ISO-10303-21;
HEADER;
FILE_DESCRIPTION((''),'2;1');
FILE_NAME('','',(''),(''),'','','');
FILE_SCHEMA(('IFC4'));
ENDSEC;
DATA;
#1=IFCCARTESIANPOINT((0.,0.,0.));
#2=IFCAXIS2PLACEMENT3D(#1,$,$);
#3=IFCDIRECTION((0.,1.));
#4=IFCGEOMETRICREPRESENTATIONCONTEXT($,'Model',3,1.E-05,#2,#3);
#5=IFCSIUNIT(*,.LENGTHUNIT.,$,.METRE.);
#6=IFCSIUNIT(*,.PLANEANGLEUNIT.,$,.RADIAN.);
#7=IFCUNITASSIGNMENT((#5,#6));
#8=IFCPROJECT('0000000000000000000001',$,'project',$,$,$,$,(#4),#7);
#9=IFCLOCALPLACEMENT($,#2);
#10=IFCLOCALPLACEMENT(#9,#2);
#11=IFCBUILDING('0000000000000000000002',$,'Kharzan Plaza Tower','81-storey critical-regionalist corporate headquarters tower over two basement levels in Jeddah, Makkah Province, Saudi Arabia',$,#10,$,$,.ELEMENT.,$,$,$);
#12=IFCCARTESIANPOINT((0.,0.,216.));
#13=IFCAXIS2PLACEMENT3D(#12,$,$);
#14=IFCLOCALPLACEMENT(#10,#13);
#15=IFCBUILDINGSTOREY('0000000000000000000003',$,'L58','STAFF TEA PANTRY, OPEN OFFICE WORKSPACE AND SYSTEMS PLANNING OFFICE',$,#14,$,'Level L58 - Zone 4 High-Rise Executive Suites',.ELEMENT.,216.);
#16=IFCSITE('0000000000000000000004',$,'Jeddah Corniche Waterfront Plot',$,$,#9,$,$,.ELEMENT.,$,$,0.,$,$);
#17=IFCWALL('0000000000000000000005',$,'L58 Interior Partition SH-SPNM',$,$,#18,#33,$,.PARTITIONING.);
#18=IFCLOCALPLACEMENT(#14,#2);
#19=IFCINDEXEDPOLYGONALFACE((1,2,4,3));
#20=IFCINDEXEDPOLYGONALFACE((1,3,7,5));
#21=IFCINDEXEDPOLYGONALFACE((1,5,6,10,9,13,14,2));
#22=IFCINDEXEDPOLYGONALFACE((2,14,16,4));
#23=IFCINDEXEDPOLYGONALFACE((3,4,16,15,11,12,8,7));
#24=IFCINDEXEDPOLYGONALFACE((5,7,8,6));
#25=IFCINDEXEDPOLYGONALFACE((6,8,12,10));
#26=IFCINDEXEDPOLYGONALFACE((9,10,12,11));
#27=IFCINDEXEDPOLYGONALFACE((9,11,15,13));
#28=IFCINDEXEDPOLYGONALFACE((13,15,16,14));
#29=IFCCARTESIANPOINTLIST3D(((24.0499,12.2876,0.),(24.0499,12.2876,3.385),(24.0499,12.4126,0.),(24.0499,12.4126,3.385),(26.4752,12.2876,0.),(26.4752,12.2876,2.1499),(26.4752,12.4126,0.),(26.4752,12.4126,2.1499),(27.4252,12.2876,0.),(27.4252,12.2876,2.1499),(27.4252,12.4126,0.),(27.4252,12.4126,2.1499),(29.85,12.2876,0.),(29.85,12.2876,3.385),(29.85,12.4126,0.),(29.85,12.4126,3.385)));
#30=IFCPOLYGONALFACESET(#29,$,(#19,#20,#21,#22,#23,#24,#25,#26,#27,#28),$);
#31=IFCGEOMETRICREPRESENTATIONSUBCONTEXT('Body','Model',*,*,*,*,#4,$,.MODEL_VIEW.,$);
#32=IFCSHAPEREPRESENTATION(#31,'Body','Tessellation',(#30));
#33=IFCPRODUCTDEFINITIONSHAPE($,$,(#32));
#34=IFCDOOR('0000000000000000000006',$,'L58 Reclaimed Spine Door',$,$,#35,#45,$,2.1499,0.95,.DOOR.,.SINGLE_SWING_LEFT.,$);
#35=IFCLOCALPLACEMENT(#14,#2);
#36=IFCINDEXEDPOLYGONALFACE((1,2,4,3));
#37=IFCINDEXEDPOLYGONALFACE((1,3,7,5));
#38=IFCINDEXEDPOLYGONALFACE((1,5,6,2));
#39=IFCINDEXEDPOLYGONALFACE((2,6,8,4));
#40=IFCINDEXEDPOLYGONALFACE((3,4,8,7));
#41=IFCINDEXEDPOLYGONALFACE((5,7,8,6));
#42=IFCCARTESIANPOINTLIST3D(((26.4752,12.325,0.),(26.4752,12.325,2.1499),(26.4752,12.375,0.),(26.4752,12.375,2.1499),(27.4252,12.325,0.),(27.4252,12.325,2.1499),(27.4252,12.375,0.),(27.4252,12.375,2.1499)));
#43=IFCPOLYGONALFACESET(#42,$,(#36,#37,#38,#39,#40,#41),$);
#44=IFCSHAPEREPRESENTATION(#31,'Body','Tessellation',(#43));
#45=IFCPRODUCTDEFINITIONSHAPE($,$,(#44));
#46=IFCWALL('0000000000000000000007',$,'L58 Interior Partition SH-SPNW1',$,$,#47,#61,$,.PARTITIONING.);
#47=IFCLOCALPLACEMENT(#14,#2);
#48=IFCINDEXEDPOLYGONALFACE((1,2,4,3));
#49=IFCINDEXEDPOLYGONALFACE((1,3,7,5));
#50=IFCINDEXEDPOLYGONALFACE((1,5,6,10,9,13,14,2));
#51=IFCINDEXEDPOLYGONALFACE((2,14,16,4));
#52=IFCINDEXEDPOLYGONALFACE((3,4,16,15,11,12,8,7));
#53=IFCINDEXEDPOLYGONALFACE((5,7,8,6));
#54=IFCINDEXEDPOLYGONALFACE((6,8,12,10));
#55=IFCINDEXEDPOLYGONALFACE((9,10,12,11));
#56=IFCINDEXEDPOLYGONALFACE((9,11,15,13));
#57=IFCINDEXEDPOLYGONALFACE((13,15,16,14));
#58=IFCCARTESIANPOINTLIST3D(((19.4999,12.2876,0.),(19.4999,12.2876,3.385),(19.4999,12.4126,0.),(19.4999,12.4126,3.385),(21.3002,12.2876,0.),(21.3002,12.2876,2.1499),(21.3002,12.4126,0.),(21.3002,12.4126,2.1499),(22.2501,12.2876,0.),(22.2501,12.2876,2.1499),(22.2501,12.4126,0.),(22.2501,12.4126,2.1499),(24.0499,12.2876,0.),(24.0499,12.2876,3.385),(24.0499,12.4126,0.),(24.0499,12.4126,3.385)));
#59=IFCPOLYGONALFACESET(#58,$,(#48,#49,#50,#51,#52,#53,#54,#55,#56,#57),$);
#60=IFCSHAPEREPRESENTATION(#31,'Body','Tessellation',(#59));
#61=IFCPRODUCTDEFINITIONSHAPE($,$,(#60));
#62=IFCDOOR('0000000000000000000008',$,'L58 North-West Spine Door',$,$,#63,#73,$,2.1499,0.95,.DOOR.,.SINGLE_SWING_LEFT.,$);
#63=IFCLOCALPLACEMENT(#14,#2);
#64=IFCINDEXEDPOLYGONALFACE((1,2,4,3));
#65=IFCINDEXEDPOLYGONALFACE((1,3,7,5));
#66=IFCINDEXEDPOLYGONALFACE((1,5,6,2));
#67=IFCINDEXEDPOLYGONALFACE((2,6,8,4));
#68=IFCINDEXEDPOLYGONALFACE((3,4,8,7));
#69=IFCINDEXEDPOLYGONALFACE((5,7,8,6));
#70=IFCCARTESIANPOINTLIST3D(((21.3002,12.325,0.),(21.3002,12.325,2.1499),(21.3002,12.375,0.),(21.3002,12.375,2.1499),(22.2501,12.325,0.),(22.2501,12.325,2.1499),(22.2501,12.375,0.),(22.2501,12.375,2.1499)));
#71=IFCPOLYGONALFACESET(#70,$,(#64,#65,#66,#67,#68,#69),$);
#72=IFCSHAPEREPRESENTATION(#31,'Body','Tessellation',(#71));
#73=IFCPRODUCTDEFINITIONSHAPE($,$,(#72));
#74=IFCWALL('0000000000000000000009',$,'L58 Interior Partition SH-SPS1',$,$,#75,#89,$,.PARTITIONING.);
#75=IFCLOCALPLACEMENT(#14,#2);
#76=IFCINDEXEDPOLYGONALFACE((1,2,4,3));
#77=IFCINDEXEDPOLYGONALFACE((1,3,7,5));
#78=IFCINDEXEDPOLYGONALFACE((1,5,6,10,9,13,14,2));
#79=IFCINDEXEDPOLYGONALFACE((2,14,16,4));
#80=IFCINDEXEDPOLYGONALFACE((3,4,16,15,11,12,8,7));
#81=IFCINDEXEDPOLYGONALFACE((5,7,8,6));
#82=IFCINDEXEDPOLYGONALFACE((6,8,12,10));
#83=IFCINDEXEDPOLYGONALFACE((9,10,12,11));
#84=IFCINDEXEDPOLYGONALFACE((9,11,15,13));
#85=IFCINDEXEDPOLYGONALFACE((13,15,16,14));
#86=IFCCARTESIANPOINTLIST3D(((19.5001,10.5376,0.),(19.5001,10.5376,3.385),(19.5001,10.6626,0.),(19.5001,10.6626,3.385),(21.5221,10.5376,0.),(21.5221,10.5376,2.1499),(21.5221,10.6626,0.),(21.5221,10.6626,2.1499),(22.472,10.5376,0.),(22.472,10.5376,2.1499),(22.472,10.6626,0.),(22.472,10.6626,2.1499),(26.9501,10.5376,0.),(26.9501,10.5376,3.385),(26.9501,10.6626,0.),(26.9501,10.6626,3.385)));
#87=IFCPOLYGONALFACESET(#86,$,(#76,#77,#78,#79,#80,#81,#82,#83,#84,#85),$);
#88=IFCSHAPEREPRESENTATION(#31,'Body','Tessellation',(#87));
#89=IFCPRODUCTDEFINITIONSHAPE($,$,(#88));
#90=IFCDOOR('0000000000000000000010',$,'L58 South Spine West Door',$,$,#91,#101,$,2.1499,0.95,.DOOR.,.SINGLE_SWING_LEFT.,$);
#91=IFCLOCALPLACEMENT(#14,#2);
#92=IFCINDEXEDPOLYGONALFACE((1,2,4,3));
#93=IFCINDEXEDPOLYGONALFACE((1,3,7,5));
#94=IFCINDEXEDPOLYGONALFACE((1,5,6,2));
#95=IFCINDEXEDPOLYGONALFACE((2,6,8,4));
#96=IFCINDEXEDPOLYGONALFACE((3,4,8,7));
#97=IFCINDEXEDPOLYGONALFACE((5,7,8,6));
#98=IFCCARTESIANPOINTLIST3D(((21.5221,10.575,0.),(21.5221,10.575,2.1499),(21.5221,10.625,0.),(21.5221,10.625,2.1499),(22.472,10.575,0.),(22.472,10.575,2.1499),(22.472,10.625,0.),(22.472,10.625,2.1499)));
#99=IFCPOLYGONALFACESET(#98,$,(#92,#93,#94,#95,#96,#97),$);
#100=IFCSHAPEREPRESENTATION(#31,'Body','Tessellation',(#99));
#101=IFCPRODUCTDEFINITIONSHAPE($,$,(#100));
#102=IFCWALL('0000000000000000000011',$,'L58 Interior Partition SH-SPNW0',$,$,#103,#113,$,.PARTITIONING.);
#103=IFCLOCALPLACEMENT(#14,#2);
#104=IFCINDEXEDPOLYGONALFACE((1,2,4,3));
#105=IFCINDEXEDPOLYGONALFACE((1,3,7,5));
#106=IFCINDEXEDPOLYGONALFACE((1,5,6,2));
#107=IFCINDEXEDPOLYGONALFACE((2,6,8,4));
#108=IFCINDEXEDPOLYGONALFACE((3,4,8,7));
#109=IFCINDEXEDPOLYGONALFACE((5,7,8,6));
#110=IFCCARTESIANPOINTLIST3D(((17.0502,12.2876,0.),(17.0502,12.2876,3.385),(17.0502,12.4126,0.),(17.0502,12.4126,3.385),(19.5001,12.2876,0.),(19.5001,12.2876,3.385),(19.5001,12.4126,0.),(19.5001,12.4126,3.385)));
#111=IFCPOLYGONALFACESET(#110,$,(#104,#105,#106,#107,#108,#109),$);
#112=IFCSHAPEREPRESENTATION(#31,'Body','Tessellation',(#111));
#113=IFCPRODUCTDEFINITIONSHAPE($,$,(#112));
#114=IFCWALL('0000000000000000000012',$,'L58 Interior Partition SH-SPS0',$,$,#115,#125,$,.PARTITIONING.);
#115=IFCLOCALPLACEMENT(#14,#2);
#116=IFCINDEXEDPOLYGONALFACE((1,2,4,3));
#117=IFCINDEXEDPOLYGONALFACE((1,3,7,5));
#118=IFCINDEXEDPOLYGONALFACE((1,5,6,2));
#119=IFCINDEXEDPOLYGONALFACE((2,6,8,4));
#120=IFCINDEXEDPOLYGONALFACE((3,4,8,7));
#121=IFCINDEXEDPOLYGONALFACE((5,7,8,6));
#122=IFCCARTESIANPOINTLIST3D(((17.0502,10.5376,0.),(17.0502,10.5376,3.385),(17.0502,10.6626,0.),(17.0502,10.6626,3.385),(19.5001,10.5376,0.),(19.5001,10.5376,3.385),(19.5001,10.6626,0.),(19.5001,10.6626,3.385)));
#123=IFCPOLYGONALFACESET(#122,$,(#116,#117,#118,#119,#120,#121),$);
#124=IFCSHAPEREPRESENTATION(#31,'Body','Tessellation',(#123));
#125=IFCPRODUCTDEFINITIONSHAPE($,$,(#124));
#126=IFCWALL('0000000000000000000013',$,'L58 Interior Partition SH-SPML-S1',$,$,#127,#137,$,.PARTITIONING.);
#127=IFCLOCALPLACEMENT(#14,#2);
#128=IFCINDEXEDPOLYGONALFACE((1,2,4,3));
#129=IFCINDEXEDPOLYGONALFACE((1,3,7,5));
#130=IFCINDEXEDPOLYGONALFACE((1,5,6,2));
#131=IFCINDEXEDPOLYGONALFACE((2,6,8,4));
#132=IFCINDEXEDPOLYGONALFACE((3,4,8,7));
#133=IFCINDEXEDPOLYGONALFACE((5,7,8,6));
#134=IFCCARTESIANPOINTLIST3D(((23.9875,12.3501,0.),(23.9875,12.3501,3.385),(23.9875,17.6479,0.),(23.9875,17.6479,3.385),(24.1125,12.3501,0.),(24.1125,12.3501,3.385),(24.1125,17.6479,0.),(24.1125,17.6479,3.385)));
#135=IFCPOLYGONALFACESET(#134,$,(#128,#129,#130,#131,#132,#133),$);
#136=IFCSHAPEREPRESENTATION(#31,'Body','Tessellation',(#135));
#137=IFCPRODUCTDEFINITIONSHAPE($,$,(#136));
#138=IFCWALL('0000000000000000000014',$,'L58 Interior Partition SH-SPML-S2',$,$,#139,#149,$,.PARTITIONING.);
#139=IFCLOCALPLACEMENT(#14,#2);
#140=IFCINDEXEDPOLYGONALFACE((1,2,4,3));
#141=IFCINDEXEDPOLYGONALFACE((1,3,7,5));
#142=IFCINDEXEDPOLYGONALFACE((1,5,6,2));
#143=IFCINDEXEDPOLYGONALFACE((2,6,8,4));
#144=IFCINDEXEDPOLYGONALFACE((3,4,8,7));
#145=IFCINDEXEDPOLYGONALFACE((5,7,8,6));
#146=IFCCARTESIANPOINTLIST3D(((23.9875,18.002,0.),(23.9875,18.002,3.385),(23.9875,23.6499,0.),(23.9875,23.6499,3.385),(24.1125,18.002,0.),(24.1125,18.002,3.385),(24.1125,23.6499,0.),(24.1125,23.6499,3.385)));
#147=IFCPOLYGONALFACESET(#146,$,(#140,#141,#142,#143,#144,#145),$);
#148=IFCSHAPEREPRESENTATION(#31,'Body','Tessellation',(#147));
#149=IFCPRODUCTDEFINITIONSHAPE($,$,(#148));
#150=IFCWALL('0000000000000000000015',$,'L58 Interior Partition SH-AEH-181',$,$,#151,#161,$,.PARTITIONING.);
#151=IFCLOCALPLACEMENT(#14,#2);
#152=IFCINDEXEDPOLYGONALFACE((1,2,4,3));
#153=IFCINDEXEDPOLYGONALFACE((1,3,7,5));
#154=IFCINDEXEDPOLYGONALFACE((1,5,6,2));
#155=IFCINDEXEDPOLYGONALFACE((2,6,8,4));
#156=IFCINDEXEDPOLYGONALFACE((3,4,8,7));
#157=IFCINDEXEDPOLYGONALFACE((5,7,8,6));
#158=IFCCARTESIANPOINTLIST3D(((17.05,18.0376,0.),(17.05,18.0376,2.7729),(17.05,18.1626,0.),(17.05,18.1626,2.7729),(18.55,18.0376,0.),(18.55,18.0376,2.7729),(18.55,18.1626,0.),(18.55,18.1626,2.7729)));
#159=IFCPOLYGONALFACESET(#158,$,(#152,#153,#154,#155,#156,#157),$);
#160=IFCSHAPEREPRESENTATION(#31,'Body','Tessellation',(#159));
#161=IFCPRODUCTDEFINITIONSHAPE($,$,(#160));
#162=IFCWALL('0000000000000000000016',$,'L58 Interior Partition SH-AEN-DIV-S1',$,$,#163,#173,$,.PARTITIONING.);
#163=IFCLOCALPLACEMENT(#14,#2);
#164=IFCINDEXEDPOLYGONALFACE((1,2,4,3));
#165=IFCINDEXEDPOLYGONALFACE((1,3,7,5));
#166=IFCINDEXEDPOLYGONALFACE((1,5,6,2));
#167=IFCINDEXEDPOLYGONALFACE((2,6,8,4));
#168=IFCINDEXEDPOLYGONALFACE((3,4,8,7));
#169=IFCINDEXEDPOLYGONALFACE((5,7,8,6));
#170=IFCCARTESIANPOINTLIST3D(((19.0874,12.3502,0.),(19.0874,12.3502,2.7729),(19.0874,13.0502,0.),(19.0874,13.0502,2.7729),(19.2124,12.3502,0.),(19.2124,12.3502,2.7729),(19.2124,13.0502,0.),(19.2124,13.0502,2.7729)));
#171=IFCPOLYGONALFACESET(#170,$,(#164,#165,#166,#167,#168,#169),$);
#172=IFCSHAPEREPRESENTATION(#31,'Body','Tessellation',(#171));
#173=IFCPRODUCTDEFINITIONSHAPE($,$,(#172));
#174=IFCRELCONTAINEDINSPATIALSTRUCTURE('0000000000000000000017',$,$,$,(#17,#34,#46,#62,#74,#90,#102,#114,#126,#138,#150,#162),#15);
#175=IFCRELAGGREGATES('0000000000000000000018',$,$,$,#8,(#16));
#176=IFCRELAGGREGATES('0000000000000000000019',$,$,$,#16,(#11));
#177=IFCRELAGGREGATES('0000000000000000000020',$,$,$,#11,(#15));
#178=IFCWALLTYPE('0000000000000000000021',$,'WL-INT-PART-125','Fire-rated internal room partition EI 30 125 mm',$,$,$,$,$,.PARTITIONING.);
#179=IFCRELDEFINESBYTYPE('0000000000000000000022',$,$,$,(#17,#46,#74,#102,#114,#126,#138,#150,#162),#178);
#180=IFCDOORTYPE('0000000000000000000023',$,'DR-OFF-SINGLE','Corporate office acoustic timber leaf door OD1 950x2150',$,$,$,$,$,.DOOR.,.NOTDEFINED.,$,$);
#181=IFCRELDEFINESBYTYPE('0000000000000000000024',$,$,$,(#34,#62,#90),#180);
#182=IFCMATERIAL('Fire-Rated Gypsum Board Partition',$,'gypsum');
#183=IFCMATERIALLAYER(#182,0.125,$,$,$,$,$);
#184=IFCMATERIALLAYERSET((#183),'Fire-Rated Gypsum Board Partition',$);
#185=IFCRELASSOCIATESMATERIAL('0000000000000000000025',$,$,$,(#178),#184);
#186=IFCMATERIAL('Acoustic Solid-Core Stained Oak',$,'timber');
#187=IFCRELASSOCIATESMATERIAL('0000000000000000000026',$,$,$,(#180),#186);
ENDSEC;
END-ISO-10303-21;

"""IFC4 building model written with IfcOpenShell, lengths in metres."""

from ifc_helpers import new_model, si_unit, direction, frame, frame_2d, origin, place, context, subcontext, project, spatial, rectangle, extrude, source, transform, mapped, material, layer, layer_set, type_object, element, fill, save


model = new_model("IFC4")

# Units and contexts
model_context = context("Model", 3, precision=1e-05, world=origin(), true_north=direction((0.0, 1.0)))
body_context = subcontext(model_context, "Body", "Model", "MODEL_VIEW")
ifc_project = project(units=[si_unit("LENGTHUNIT", "METRE"), si_unit("PLANEANGLEUNIT", "RADIAN")], contexts=[model_context])

# Site, building, storey
site_placement = place(None, origin())
site = spatial("IfcSite", under=ifc_project, at=site_placement, Name="Jeddah Corniche Waterfront Plot", CompositionType="ELEMENT", RefElevation=0.0)
building_placement = place(site_placement, origin())
building = spatial("IfcBuilding", under=site, at=building_placement, Name="Kharzan Plaza Tower", Description="81-storey critical-regionalist corporate headquarters tower over two basement levels in Jeddah, Makkah Province, Saudi Arabia", CompositionType="ELEMENT")
storey_placement = place(building_placement, frame((0.0, 0.0, 216.0)))
storey = spatial("IfcBuildingStorey", under=building, at=storey_placement, Name="L58", Description="STAFF TEA PANTRY, OPEN OFFICE WORKSPACE AND SYSTEMS PLANNING OFFICE", LongName="Level L58 - Zone 4 High-Rise Executive Suites", CompositionType="ELEMENT", Elevation=216.0)

# Walls, openings, doors
ifc_material_1 = material(Name="Fire-Rated Gypsum Board Partition", Category="gypsum")
ifc_layer = layer(ifc_material_1, 0.125)
ifc_layer_set = layer_set([ifc_layer], Name="Fire-Rated Gypsum Board Partition")
wall_type = type_object("IfcWallType", Name="WL-INT-PART-125", Description="Fire-rated internal room partition EI 30 125 mm", PredefinedType="PARTITIONING", material=ifc_layer_set)
ifc_material_2 = material(Name="Acoustic Solid-Core Stained Oak", Category="timber")
door_type = type_object("IfcDoorType", Name="DR-OFF-SINGLE", Description="Corporate office acoustic timber leaf door OD1 950x2150", OperationType="NOTDEFINED", PredefinedType="DOOR", material=ifc_material_2)
shared_shape_1 = source(origin(), body_context, "Body", "SweptSolid", [
    extrude(rectangle(XDim=0.95, YDim=2.1499, at=frame_2d((0.4751, 1.075))), frame((0.0, 0.0249, 0.0), z_axis=(0.0, -1.0, 0.0), x_axis=(1.0, 0.0, 0.0)), (0.0, 0.0, 1.0), 0.05),
])
wall_1_placement = place(storey_placement, frame((24.05, 12.3501, 0.0), z_axis=(0.0, 0.0, 1.0), x_axis=(1.0, 0.0, 0.0)))
wall_1 = element("IfcWall", 1, at=wall_1_placement, inside=storey, type_object=wall_type, Name="L58 Interior Partition SH-SPNM", PredefinedType="PARTITIONING", context=body_context, shape_type="SweptSolid", body=[
    extrude(rectangle(XDim=5.8, YDim=0.125, at=frame_2d((2.8999, 0.0))), origin(), (0.0, 0.0, 1.0), 3.385),
])
opening_1_placement = place(wall_1_placement, frame((2.425, 0.0, 0.0)))
opening_1 = element("IfcOpeningElement", 2, at=opening_1_placement, cuts=wall_1, PredefinedType="OPENING", context=body_context, shape_type="SweptSolid", body=[
    extrude(rectangle(XDim=0.95, YDim=2.1499, at=frame_2d((0.4751, 1.075))), frame((0.0, 0.0725, 0.0), z_axis=(0.0, -1.0, 0.0), x_axis=(1.0, 0.0, 0.0)), (0.0, 0.0, 1.0), 0.145),
])
door_1_placement = place(opening_1_placement, origin())
door_1 = element("IfcDoor", 3, at=door_1_placement, inside=storey, type_object=door_type, Name="L58 Reclaimed Spine Door", OperationType="SINGLE_SWING_LEFT", OverallHeight=2.1499, OverallWidth=0.95, PredefinedType="DOOR", context=body_context, shape_type="MappedRepresentation", body=[
    mapped(shared_shape_1, transform((0.0, 0.0, 0.0), x_axis=(1.0, 0.0, 0.0), y_axis=(0.0, 1.0, 0.0), z_axis=(0.0, 0.0, 1.0))),
])
fill(opening_1, door_1)
wall_2_placement = place(storey_placement, frame((19.5, 12.3501, 0.0), z_axis=(0.0, 0.0, 1.0), x_axis=(1.0, 0.0, 0.0)))
wall_2 = element("IfcWall", 4, at=wall_2_placement, inside=storey, type_object=wall_type, Name="L58 Interior Partition SH-SPNW1", PredefinedType="PARTITIONING", context=body_context, shape_type="SweptSolid", body=[
    extrude(rectangle(XDim=4.55, YDim=0.125, at=frame_2d((2.2749, 0.0))), origin(), (0.0, 0.0, 1.0), 3.385),
])
opening_2_placement = place(wall_2_placement, frame((1.8, 0.0, 0.0)))
opening_2 = element("IfcOpeningElement", 5, at=opening_2_placement, cuts=wall_2, PredefinedType="OPENING", context=body_context, shape_type="SweptSolid", body=[
    extrude(rectangle(XDim=0.95, YDim=2.1499, at=frame_2d((0.4751, 1.075))), frame((0.0, 0.0725, 0.0), z_axis=(0.0, -1.0, 0.0), x_axis=(1.0, 0.0, 0.0)), (0.0, 0.0, 1.0), 0.145),
])
door_2_placement = place(opening_2_placement, origin())
door_2 = element("IfcDoor", 6, at=door_2_placement, inside=storey, type_object=door_type, Name="L58 North-West Spine Door", OperationType="SINGLE_SWING_LEFT", OverallHeight=2.1499, OverallWidth=0.95, PredefinedType="DOOR", context=body_context, shape_type="MappedRepresentation", body=[
    mapped(shared_shape_1, transform((0.0, 0.0, 0.0), x_axis=(1.0, 0.0, 0.0), y_axis=(0.0, 1.0, 0.0), z_axis=(0.0, 0.0, 1.0))),
])
fill(opening_2, door_2)
wall_3_placement = place(storey_placement, frame((19.5, 10.6001, 0.0), z_axis=(0.0, 0.0, 1.0), x_axis=(1.0, 0.0, 0.0)))
wall_3 = element("IfcWall", 7, at=wall_3_placement, inside=storey, type_object=wall_type, Name="L58 Interior Partition SH-SPS1", PredefinedType="PARTITIONING", context=body_context, shape_type="SweptSolid", body=[
    extrude(rectangle(XDim=7.45, YDim=0.125, at=frame_2d((3.7251, 0.0))), origin(), (0.0, 0.0, 1.0), 3.385),
])
opening_3_placement = place(wall_3_placement, frame((2.022, 0.0, 0.0)))
opening_3 = element("IfcOpeningElement", 8, at=opening_3_placement, cuts=wall_3, PredefinedType="OPENING", context=body_context, shape_type="SweptSolid", body=[
    extrude(rectangle(XDim=0.95, YDim=2.1499, at=frame_2d((0.4751, 1.075))), frame((0.0, 0.0725, 0.0), z_axis=(0.0, -1.0, 0.0), x_axis=(1.0, 0.0, 0.0)), (0.0, 0.0, 1.0), 0.145),
])
door_3_placement = place(opening_3_placement, origin())
door_3 = element("IfcDoor", 9, at=door_3_placement, inside=storey, type_object=door_type, Name="L58 South Spine West Door", OperationType="SINGLE_SWING_LEFT", OverallHeight=2.1499, OverallWidth=0.95, PredefinedType="DOOR", context=body_context, shape_type="MappedRepresentation", body=[
    mapped(shared_shape_1, transform((0.0, 0.0, 0.0), x_axis=(1.0, 0.0, 0.0), y_axis=(0.0, 1.0, 0.0), z_axis=(0.0, 0.0, 1.0))),
])
fill(opening_3, door_3)

# Walls
shared_shape_2 = source(origin(), body_context, "Body", "SweptSolid", [
    extrude(rectangle(XDim=2.45, YDim=0.125, at=frame_2d((1.2251, 0.0))), origin(), (0.0, 0.0, 1.0), 3.385),
])
for number, where, z_axis, x_axis, name in (
    (10, (17.05, 12.3501, 0.0), (0.0, 0.0, 1.0), (1.0, 0.0, 0.0), "L58 Interior Partition SH-SPNW0"),
    (11, (17.05, 10.6001, 0.0), (0.0, 0.0, 1.0), (1.0, 0.0, 0.0), "L58 Interior Partition SH-SPS0"),
):
    element("IfcWall", number, at=place(storey_placement, frame(where, z_axis=z_axis, x_axis=x_axis)), inside=storey, type_object=wall_type, Name=name, PredefinedType="PARTITIONING", context=body_context, shape_type="MappedRepresentation", body=[
        mapped(shared_shape_2, transform((0.0, 0.0, 0.0), x_axis=(1.0, 0.0, 0.0), y_axis=(0.0, 1.0, 0.0), z_axis=(0.0, 0.0, 1.0))),
    ])
shared_shape_3 = source(origin(), body_context, "Body", "SweptSolid", [
    extrude(rectangle(XDim=5.2979, YDim=0.125, at=frame_2d((2.6489, 0.0))), origin(), (0.0, 0.0, 1.0), 3.385),
])
wall_4_placement = place(storey_placement, frame((24.05, 12.3501, 0.0), z_axis=(0.0, 0.0, 1.0), x_axis=(0.0, 1.0, 0.0)))
element("IfcWall", 12, at=wall_4_placement, inside=storey, type_object=wall_type, Name="L58 Interior Partition SH-SPML-S1", PredefinedType="PARTITIONING", context=body_context, shape_type="MappedRepresentation", body=[
    mapped(shared_shape_3, transform((0.0, 0.0, 0.0), x_axis=(1.0, 0.0, 0.0), y_axis=(0.0, 1.0, 0.0), z_axis=(0.0, 0.0, 1.0))),
])
shared_shape_4 = source(origin(), body_context, "Body", "SweptSolid", [
    extrude(rectangle(XDim=5.6479, YDim=0.125, at=frame_2d((2.824, 0.0))), origin(), (0.0, 0.0, 1.0), 3.385),
])
wall_5_placement = place(storey_placement, frame((24.05, 18.002, 0.0), z_axis=(0.0, 0.0, 1.0), x_axis=(0.0, 1.0, 0.0)))
element("IfcWall", 13, at=wall_5_placement, inside=storey, type_object=wall_type, Name="L58 Interior Partition SH-SPML-S2", PredefinedType="PARTITIONING", context=body_context, shape_type="MappedRepresentation", body=[
    mapped(shared_shape_4, transform((0.0, 0.0, 0.0), x_axis=(1.0, 0.0, 0.0), y_axis=(0.0, 1.0, 0.0), z_axis=(0.0, 0.0, 1.0))),
])
shared_shape_5 = source(origin(), body_context, "Body", "SweptSolid", [
    extrude(rectangle(XDim=1.5, YDim=0.125, at=frame_2d((0.75, 0.0))), origin(), (0.0, 0.0, 1.0), 2.7729),
])
wall_6_placement = place(storey_placement, frame((17.05, 18.1001, 0.0), z_axis=(0.0, 0.0, 1.0), x_axis=(1.0, 0.0, 0.0)))
element("IfcWall", 14, at=wall_6_placement, inside=storey, type_object=wall_type, Name="L58 Interior Partition SH-AEH-181", PredefinedType="PARTITIONING", context=body_context, shape_type="MappedRepresentation", body=[
    mapped(shared_shape_5, transform((0.0, 0.0, 0.0), x_axis=(1.0, 0.0, 0.0), y_axis=(0.0, 1.0, 0.0), z_axis=(0.0, 0.0, 1.0))),
])
shared_shape_6 = source(origin(), body_context, "Body", "SweptSolid", [
    extrude(rectangle(XDim=0.7, YDim=0.125, at=frame_2d((0.3501, 0.0))), origin(), (0.0, 0.0, 1.0), 2.7729),
])
wall_7_placement = place(storey_placement, frame((19.1499, 12.3501, 0.0), z_axis=(0.0, 0.0, 1.0), x_axis=(0.0, 1.0, 0.0)))
element("IfcWall", 15, at=wall_7_placement, inside=storey, type_object=wall_type, Name="L58 Interior Partition SH-AEN-DIV-S1", PredefinedType="PARTITIONING", context=body_context, shape_type="MappedRepresentation", body=[
    mapped(shared_shape_6, transform((0.0, 0.0, 0.0), x_axis=(1.0, 0.0, 0.0), y_axis=(0.0, 1.0, 0.0), z_axis=(0.0, 0.0, 1.0))),
])

save(model, "model.ifc")
